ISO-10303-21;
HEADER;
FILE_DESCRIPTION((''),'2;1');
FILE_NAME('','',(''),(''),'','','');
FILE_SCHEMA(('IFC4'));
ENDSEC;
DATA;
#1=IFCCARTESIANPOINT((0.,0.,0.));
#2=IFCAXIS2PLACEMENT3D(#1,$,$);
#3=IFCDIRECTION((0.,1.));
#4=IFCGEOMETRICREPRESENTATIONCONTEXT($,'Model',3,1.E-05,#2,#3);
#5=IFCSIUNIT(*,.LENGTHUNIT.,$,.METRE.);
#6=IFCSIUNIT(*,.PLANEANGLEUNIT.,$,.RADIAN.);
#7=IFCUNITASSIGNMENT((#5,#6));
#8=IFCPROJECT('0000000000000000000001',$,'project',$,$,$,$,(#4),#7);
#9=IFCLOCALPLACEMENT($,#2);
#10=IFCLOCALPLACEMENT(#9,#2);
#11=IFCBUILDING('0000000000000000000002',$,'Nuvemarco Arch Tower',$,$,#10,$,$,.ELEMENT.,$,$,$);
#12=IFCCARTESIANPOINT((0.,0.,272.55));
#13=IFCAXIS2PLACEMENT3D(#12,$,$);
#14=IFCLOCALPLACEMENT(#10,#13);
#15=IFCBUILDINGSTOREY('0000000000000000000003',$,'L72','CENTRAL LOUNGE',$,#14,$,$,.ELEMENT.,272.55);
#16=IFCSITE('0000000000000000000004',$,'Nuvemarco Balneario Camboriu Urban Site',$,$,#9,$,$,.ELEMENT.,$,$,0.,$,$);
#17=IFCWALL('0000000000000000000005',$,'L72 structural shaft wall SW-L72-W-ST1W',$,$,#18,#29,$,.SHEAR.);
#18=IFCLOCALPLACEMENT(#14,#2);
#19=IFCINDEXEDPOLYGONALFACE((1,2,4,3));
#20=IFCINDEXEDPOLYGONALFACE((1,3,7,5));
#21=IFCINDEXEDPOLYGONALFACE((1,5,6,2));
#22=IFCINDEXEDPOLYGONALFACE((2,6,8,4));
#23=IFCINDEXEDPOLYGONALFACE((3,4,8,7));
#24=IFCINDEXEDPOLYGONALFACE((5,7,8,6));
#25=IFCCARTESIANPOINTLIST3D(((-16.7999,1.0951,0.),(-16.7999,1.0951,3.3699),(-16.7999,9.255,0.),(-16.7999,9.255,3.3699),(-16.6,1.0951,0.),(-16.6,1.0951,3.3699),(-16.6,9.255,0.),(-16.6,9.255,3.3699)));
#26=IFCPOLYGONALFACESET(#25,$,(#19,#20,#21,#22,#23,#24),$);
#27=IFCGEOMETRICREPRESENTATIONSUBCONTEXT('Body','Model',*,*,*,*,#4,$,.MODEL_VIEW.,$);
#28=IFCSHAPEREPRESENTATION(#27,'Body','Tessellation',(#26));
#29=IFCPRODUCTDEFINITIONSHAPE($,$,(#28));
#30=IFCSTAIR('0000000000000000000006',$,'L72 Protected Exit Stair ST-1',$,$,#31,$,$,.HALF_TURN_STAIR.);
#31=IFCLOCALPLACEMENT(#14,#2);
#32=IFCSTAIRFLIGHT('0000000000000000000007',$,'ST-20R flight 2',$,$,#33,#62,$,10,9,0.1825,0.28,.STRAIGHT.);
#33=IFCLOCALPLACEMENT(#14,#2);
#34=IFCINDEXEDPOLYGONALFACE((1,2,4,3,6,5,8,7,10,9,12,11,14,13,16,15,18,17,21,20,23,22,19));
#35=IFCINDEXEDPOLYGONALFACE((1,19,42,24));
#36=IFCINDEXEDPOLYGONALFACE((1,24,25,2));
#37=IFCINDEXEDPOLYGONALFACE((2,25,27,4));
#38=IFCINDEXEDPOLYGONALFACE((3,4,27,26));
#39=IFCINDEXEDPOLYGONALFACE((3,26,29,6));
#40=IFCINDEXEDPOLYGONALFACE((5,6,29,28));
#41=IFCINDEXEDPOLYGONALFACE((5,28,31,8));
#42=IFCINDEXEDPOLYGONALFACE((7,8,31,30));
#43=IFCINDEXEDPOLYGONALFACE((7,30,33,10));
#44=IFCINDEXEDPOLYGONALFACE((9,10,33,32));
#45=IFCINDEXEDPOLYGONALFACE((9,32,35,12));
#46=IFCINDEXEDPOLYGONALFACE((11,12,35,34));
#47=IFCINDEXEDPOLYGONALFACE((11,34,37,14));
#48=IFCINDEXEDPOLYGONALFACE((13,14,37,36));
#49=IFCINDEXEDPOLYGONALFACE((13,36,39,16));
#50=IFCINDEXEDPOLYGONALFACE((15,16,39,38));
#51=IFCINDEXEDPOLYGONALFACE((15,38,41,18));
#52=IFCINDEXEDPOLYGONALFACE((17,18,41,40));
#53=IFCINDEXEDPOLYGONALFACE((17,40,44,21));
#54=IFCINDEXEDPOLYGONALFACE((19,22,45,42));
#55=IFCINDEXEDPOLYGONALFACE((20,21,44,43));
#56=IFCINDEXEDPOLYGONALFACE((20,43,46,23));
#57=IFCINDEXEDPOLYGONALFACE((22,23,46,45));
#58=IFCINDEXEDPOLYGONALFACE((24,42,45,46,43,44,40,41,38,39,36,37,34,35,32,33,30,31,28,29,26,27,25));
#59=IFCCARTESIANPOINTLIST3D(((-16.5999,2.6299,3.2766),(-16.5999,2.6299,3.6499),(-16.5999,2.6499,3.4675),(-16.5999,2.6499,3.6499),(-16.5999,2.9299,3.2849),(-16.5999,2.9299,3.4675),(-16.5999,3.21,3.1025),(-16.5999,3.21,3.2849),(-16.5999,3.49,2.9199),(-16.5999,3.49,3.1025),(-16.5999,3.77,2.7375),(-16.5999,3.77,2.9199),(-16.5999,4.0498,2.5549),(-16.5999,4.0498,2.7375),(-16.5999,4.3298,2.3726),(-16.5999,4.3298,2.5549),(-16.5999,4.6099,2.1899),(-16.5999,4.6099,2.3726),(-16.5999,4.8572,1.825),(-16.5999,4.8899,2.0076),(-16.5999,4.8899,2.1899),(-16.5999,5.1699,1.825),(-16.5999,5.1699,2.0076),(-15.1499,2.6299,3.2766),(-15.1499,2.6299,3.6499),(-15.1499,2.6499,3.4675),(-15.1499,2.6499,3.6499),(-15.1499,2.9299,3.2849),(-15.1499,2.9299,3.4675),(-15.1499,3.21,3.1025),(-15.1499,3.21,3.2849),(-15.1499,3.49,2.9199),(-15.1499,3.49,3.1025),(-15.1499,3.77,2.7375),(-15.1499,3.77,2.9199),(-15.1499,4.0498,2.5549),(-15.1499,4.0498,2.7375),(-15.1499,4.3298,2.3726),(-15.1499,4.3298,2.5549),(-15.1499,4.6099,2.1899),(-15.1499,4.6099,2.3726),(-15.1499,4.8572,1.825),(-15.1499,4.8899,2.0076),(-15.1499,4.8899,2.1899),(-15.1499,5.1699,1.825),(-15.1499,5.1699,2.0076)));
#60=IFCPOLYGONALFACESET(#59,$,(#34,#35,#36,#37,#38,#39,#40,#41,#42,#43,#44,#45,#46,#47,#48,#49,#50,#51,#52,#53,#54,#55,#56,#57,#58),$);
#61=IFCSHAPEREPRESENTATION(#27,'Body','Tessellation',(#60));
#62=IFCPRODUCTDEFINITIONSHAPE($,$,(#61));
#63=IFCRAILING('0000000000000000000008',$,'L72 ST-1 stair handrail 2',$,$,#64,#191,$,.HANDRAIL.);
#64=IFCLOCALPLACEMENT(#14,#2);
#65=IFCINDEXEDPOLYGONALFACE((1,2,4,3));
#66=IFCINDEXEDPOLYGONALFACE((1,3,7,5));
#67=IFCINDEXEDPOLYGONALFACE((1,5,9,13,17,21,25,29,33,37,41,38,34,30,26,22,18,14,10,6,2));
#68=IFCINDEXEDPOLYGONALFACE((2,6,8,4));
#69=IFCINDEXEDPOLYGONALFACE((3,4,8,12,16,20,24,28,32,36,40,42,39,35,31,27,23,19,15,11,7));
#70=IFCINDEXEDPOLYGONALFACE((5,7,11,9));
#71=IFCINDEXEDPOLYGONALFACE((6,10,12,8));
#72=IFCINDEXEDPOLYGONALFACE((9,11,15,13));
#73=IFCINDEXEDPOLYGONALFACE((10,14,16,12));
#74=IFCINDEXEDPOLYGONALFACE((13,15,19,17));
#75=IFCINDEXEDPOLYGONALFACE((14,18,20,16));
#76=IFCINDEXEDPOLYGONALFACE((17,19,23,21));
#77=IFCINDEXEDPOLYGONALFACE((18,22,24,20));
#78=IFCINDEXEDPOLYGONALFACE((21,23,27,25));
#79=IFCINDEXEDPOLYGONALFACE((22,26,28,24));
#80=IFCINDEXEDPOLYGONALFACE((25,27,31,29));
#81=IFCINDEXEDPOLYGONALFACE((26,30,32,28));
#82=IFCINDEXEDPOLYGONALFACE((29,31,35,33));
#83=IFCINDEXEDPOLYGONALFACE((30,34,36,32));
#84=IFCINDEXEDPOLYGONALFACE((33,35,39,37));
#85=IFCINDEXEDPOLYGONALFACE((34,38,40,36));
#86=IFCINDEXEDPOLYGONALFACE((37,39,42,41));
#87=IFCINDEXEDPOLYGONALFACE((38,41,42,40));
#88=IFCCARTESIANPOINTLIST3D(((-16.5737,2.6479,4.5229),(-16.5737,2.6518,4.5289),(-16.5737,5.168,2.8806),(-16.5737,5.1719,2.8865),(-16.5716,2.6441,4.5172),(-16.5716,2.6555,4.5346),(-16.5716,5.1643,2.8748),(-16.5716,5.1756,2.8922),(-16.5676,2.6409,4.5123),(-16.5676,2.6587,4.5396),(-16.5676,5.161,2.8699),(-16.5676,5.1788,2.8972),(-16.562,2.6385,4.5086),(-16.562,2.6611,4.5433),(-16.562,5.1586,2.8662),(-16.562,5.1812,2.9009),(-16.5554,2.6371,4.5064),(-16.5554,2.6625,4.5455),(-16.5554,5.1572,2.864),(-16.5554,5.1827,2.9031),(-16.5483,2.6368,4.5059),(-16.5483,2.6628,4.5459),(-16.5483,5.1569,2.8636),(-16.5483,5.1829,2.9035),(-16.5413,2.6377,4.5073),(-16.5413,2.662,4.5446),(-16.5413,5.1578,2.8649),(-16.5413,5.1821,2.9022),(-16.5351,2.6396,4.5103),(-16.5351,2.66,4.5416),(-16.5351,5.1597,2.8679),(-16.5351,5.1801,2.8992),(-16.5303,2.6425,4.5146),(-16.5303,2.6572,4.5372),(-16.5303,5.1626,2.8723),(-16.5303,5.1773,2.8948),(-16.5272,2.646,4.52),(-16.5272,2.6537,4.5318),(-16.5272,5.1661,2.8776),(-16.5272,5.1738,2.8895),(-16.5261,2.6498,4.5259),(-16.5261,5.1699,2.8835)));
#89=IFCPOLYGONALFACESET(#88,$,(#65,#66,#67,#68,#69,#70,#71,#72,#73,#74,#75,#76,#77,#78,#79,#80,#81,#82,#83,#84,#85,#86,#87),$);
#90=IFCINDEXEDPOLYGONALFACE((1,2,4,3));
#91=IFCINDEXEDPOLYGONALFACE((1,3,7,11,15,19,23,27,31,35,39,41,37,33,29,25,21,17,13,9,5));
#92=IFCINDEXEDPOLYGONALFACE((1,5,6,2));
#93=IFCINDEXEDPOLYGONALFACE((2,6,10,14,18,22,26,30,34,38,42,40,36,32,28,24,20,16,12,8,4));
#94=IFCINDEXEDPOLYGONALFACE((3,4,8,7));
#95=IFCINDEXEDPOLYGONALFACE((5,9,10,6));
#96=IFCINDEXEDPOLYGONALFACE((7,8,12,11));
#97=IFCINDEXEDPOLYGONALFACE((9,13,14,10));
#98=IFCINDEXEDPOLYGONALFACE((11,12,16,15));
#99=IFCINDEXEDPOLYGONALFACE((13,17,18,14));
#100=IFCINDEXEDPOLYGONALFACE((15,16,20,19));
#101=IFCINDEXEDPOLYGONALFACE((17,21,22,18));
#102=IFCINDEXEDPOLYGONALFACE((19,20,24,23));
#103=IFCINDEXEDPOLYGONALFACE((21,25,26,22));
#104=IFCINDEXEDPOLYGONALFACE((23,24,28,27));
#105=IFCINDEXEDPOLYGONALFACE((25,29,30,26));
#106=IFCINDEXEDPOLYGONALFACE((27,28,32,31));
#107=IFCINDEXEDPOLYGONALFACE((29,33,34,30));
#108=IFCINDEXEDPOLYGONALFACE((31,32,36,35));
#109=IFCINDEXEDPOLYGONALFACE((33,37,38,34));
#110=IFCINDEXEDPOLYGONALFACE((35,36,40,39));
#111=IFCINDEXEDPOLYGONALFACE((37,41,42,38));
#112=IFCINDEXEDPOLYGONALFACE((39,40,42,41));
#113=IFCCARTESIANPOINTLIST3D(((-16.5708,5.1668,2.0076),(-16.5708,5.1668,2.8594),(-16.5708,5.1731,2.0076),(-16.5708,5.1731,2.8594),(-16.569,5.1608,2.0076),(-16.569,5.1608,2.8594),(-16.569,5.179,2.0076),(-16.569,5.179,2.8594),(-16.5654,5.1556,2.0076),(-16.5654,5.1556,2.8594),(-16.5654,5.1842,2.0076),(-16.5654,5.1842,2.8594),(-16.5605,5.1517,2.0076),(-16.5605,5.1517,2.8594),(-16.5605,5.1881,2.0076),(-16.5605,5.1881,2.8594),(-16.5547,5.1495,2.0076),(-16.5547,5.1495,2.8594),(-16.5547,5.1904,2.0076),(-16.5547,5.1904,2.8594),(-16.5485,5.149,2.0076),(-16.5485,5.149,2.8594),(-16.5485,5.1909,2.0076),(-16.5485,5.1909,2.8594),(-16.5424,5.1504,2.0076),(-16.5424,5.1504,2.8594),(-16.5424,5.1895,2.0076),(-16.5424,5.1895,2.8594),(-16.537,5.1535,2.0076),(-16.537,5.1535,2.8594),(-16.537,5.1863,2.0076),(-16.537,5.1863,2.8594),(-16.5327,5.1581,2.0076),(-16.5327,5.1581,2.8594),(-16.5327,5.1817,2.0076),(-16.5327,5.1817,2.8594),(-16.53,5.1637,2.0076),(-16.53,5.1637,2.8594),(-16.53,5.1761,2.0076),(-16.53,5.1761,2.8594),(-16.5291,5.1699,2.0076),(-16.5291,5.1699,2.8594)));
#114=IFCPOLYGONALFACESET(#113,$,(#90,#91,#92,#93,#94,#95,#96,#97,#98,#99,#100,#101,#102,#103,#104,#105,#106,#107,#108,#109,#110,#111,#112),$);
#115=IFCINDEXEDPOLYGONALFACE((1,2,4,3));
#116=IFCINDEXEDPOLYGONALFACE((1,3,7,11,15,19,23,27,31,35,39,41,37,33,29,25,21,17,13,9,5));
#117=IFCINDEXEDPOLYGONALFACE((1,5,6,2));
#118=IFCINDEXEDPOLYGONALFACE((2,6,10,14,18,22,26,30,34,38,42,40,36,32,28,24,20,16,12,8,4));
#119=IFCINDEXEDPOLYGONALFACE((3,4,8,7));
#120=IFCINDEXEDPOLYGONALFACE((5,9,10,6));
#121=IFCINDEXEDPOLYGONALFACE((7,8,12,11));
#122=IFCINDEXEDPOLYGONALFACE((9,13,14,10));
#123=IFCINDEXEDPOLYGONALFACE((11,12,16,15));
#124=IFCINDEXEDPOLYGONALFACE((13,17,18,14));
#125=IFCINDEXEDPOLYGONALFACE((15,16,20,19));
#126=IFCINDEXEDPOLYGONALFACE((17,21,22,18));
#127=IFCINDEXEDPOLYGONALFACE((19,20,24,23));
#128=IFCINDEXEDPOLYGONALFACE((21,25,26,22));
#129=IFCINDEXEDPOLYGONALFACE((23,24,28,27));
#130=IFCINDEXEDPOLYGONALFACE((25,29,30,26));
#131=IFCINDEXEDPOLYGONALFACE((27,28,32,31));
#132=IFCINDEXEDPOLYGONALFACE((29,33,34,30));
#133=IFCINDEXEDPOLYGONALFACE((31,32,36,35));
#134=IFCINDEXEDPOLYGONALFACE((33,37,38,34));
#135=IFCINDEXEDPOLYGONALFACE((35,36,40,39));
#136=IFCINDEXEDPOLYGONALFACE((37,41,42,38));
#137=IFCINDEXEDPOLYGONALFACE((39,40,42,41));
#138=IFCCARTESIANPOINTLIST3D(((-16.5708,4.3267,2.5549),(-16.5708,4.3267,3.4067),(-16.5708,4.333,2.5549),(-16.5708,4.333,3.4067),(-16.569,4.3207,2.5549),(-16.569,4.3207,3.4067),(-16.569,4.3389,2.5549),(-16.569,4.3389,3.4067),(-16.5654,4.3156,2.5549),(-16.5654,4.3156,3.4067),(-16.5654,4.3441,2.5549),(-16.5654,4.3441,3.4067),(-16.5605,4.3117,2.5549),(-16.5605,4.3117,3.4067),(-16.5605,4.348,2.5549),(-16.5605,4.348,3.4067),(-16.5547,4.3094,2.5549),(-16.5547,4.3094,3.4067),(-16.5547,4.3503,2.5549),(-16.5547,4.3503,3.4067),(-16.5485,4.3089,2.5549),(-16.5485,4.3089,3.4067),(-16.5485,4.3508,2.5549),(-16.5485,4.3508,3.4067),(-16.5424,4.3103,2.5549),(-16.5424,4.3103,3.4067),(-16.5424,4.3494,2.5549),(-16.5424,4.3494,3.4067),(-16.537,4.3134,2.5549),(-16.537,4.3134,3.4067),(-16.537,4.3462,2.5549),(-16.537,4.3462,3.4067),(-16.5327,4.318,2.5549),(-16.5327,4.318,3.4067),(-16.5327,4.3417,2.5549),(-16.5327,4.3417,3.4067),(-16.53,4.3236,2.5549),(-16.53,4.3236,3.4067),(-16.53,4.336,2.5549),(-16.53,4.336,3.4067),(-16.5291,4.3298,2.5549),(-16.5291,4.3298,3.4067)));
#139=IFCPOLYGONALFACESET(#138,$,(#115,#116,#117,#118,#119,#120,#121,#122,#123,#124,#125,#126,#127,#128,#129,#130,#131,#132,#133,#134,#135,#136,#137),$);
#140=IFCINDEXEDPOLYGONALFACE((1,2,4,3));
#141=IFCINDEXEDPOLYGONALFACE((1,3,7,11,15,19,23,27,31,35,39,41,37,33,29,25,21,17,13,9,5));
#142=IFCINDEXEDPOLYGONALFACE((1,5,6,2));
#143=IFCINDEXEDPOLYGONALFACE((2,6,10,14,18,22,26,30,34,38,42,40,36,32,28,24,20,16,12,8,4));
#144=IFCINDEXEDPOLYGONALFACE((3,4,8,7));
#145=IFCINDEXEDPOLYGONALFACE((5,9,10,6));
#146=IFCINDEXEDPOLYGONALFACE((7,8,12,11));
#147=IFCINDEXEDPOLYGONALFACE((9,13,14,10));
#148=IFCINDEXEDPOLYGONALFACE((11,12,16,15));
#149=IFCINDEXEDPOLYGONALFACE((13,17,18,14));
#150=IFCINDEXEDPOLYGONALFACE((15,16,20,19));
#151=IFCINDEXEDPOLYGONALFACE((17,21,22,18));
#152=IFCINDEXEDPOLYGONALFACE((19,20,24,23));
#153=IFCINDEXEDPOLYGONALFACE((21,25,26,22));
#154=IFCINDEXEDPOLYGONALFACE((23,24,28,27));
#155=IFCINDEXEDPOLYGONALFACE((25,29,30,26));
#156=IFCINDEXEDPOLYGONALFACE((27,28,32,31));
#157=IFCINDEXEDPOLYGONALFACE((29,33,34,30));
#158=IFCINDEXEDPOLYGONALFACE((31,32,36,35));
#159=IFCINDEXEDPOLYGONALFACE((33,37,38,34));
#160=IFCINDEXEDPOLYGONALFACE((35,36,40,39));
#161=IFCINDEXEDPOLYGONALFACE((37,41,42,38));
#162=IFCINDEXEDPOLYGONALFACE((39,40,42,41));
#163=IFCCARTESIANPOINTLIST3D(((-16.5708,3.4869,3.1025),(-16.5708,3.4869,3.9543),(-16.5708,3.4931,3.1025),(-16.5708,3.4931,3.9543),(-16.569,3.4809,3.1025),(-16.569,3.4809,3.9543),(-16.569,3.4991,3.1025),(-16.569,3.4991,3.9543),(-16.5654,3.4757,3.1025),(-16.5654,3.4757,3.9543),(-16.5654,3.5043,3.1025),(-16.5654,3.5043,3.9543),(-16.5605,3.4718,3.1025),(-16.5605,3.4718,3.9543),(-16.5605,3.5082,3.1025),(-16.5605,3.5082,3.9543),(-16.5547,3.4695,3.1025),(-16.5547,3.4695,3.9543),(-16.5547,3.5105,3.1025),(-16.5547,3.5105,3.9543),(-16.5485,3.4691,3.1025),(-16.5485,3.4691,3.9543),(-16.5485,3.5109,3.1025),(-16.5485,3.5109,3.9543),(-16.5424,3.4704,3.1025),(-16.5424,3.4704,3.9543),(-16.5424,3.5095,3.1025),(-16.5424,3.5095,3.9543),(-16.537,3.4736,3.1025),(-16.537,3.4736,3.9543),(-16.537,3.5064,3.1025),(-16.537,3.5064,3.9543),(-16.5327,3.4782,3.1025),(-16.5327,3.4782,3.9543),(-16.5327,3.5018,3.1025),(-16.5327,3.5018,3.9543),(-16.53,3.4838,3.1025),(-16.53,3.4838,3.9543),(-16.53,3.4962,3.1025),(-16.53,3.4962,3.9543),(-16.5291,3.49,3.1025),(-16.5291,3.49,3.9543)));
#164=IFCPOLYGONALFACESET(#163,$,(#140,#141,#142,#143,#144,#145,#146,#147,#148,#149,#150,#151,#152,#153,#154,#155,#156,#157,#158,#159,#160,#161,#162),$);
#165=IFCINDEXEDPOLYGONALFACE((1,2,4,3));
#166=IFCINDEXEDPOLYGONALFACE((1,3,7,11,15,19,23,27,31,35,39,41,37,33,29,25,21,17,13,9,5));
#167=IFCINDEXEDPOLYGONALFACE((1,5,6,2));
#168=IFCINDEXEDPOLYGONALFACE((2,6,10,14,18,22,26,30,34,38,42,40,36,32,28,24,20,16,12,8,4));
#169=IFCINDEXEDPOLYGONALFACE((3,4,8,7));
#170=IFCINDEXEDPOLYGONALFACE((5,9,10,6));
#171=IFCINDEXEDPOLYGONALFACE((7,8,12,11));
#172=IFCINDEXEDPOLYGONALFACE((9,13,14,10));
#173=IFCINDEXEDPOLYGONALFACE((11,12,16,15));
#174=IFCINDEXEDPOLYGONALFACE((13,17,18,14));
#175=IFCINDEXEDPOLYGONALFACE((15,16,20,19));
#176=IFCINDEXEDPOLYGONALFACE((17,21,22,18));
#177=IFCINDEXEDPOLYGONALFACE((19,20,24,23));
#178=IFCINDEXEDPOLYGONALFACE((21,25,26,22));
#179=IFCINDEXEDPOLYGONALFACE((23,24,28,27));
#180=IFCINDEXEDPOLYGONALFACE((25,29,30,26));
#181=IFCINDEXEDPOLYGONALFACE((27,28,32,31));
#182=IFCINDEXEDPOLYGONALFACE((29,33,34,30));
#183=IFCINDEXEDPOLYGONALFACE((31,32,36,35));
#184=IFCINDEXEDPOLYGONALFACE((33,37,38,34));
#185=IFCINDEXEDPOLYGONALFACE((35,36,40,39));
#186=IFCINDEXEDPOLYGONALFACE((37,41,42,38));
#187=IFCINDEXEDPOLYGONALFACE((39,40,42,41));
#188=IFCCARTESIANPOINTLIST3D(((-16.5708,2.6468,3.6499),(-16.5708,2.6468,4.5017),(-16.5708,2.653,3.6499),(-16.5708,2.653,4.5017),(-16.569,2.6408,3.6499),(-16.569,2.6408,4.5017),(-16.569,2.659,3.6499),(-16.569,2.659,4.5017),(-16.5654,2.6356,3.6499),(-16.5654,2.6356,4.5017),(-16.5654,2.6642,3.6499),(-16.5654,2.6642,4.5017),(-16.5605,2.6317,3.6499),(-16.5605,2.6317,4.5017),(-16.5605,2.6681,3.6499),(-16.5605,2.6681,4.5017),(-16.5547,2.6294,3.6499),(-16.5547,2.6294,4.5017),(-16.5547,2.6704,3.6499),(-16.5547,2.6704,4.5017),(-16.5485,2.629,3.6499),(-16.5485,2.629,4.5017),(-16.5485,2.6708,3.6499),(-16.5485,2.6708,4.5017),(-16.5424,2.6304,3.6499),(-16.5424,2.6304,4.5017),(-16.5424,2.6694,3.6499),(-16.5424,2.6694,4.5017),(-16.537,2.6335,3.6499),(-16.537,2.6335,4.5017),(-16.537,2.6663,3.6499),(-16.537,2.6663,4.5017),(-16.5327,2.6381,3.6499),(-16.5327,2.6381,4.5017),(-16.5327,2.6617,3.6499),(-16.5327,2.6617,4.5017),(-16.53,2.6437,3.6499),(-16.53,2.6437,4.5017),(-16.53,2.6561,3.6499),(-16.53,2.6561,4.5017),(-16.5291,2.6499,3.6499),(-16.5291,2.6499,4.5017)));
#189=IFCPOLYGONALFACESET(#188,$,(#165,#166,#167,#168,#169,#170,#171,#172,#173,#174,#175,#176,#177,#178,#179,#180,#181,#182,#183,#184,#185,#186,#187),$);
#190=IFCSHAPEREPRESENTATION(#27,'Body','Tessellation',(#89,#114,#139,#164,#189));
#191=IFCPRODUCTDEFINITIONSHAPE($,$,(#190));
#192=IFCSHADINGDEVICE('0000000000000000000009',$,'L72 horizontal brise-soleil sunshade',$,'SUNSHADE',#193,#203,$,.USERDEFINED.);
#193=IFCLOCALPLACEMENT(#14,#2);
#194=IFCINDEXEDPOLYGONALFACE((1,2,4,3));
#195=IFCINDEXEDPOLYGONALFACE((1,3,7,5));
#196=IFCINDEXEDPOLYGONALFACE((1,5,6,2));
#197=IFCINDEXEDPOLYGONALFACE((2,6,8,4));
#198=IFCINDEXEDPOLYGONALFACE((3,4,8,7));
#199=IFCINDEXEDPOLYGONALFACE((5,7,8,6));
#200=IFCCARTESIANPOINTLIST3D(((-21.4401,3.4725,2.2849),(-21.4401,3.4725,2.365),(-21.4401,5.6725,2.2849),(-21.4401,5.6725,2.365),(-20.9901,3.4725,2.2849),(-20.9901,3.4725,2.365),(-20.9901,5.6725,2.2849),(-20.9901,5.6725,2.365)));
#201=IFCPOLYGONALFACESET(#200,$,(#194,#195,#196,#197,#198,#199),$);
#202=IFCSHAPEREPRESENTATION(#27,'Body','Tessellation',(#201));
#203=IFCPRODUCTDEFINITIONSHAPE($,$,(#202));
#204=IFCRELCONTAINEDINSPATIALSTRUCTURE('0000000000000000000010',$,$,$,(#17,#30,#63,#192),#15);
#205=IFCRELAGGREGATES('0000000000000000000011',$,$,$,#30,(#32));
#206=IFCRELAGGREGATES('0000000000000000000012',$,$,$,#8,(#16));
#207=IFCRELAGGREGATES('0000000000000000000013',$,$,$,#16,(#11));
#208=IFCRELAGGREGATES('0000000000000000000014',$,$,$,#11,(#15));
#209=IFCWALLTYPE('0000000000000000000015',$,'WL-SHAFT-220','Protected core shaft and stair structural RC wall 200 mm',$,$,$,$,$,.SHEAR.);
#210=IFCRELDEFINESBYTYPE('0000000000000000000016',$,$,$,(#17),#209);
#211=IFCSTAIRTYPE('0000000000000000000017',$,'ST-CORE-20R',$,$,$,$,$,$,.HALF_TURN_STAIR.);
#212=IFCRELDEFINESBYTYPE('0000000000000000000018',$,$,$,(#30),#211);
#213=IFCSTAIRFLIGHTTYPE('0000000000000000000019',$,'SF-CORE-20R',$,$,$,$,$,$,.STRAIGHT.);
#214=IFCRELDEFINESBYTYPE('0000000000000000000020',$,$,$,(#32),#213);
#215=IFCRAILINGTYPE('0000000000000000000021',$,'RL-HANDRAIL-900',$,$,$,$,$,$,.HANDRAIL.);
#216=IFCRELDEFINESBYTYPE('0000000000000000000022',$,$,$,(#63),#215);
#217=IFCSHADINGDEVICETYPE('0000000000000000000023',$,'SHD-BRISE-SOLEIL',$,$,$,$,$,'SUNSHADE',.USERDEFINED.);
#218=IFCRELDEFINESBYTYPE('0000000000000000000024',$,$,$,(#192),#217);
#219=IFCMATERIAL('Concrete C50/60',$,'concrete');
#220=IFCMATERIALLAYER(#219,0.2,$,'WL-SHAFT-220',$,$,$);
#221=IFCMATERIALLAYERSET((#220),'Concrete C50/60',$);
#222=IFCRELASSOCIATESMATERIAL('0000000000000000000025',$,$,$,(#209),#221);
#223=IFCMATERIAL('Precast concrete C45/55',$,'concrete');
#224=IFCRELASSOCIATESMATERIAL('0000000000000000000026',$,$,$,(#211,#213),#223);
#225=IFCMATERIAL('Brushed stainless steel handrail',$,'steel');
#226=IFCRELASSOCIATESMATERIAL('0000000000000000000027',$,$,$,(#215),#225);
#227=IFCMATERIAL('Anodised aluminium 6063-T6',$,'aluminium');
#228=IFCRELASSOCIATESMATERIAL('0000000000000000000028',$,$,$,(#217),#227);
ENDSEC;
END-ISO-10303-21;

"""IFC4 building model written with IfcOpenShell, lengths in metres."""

from ifc_helpers import new_model, si_unit, direction, frame, frame_2d, origin, origin_2d, place, context, subcontext, project, spatial, polyline, rectangle, circle, outline, extrude, source, transform, mapped, material, layer, layer_set, type_object, type_shapes, element, aggregate, save


model = new_model("IFC4")

# Units and contexts
model_context = context("Model", 3, precision=1e-05, world=origin(), true_north=direction((0.0, 1.0)))
body_context = subcontext(model_context, "Body", "Model", "MODEL_VIEW")
ifc_project = project(units=[si_unit("LENGTHUNIT", "METRE"), si_unit("PLANEANGLEUNIT", "RADIAN")], contexts=[model_context])

# Site, building, storey
site_placement = place(None, origin())
site = spatial("IfcSite", under=ifc_project, at=site_placement, Name="Nuvemarco Balneario Camboriu Urban Site", CompositionType="ELEMENT", RefElevation=0.0)
building_placement = place(site_placement, origin())
building = spatial("IfcBuilding", under=site, at=building_placement, Name="Nuvemarco Arch Tower", CompositionType="ELEMENT")
storey_placement = place(building_placement, frame((0.0, 0.0, 272.55)))
storey = spatial("IfcBuildingStorey", under=building, at=storey_placement, Name="L72", Description="CENTRAL LOUNGE", CompositionType="ELEMENT", Elevation=272.55)

# Shared definitions
ifc_material_1 = material(Name="Concrete C50/60", Category="concrete")

# Shared definitions
ifc_material_2 = material(Name="Precast concrete C45/55", Category="concrete")

# Wall
ifc_layer_1 = layer(ifc_material_1, 0.2, Name="WL-SHAFT-220")
ifc_layer_set_1 = layer_set([ifc_layer_1], Name="Concrete C50/60")
wall_type_1 = type_object("IfcWallType", Name="WL-SHAFT-220", Description="Protected core shaft and stair structural RC wall 200 mm", PredefinedType="SHEAR", material=ifc_layer_set_1)
wall_1_placement = place(storey_placement, frame((-16.7, 1.095, 0.0), z_axis=(0.0, 0.0, 1.0), x_axis=(0.0, 1.0, 0.0)))
element("IfcWall", 1, at=wall_1_placement, inside=storey, type_object=wall_type_1, Name="L72 structural shaft wall SW-L72-W-ST1W", PredefinedType="SHEAR", context=body_context, shape_type="SweptSolid", body=[
    extrude(rectangle(XDim=8.1599, YDim=0.2, at=frame_2d((4.0801, 0.0))), origin(), (0.0, 0.0, 1.0), 3.3699),
])

# Stair, stair flight
stair_type = type_object("IfcStairType", Name="ST-CORE-20R", PredefinedType="HALF_TURN_STAIR", material=ifc_material_2)
stair_placement = place(storey_placement, origin())
stair = element("IfcStair", 2, at=stair_placement, inside=storey, type_object=stair_type, Name="L72 Protected Exit Stair ST-1", PredefinedType="HALF_TURN_STAIR")
stair_flight_type = type_object("IfcStairFlightType", Name="SF-CORE-20R", PredefinedType="STRAIGHT", material=ifc_material_2)
stair_flight_placement = place(storey_placement, frame((-15.875, 5.1699, 1.825), z_axis=(0.0, 0.0, 1.0), x_axis=(0.0, -1.0, 0.0)))
stair_flight = element("IfcStairFlight", 3, at=stair_flight_placement, type_object=stair_flight_type, Name="ST-20R flight 2", NumberOfRisers=10, NumberOfTreads=9, PredefinedType="STRAIGHT", RiserHeight=0.1825, TreadLength=0.28, context=body_context, shape_type="SweptSolid", body=[
    extrude(outline(polyline([(0.0, 0.0), (0.0, 0.1826), (0.28, 0.1826), (0.28, 0.365), (0.5601, 0.365), (0.5601, 0.5476), (0.8401, 0.5476), (0.8401, 0.73), (1.1201, 0.73), (1.1201, 0.9126), (1.3999, 0.9126), (1.3999, 1.095), (1.6799, 1.095), (1.6799, 1.2776), (1.96, 1.2776), (1.96, 1.46), (2.24, 1.46), (2.24, 1.6426), (2.52, 1.6426), (2.52, 1.825), (2.54, 1.825), (2.54, 1.4517), (0.3127, 0.0), (0.0, 0.0)])), frame((0.0, 0.7251, 0.0), z_axis=(0.0, -1.0, 0.0), x_axis=(1.0, 0.0, 0.0)), (0.0, 0.0, 1.0), 1.45),
])
aggregate(stair, [stair_flight])

# Railing
ifc_material_3 = material(Name="Brushed stainless steel handrail", Category="steel")
railing_type = type_object("IfcRailingType", Name="RL-HANDRAIL-900", PredefinedType="HANDRAIL", material=ifc_material_3)
railing_placement = place(storey_placement, frame((-16.55, 5.1699, 2.0076)))
element("IfcRailing", 4, at=railing_placement, inside=storey, type_object=railing_type, Name="L72 ST-1 stair handrail 2", PredefinedType="HANDRAIL", context=body_context, shape_type="SweptSolid", body=[
    extrude(circle(Radius=0.0239, at=origin_2d()), frame((0.0, 0.0, 0.876), z_axis=(0.0, -0.837787, 0.545998), x_axis=(1.0, 0.0, 0.0)), (0.0, 0.0, 1.0), 3.0081),
    extrude(circle(Radius=0.021, at=origin_2d()), origin(), (0.0, 0.0, 1.0), 0.8518),
    extrude(circle(Radius=0.021, at=origin_2d()), frame((0.0, -0.8401, 0.5474)), (0.0, 0.0, 1.0), 0.8518),
    extrude(circle(Radius=0.021, at=origin_2d()), frame((0.0, -1.6799, 1.095)), (0.0, 0.0, 1.0), 0.8518),
    extrude(circle(Radius=0.021, at=origin_2d()), frame((0.0, -2.52, 1.6423)), (0.0, 0.0, 1.0), 0.8518),
])

# Shading device
ifc_material_4 = material(Name="Anodised aluminium 6063-T6", Category="aluminium")
shading_device_type = type_object("IfcShadingDeviceType", Name="SHD-BRISE-SOLEIL", ElementType="SUNSHADE", PredefinedType="USERDEFINED", material=ifc_material_4)
shared_shape = source(origin(), body_context, "Body", "SweptSolid", [
    extrude(rectangle(XDim=2.2, YDim=0.45, at=origin_2d()), origin(), (0.0, 0.0, 1.0), 0.0801),
])
type_shapes(shading_device_type, [shared_shape])
for number, where, z_axis, x_axis, name in (
    (5, (-21.2151, 4.5725, 2.2849), (0.0, 0.0, 1.0), (0.0, 1.0, 0.0), "L72 horizontal brise-soleil sunshade"),
):
    element("IfcShadingDevice", number, at=place(storey_placement, frame(where, z_axis=z_axis, x_axis=x_axis)), inside=storey, type_object=shading_device_type, Name=name, ObjectType="SUNSHADE", PredefinedType="USERDEFINED", context=body_context, shape_type="MappedRepresentation", body=[
        mapped(shared_shape, transform((0.0, 0.0, 0.0), scale=1.0)),
    ])

save(model, "model.ifc")
